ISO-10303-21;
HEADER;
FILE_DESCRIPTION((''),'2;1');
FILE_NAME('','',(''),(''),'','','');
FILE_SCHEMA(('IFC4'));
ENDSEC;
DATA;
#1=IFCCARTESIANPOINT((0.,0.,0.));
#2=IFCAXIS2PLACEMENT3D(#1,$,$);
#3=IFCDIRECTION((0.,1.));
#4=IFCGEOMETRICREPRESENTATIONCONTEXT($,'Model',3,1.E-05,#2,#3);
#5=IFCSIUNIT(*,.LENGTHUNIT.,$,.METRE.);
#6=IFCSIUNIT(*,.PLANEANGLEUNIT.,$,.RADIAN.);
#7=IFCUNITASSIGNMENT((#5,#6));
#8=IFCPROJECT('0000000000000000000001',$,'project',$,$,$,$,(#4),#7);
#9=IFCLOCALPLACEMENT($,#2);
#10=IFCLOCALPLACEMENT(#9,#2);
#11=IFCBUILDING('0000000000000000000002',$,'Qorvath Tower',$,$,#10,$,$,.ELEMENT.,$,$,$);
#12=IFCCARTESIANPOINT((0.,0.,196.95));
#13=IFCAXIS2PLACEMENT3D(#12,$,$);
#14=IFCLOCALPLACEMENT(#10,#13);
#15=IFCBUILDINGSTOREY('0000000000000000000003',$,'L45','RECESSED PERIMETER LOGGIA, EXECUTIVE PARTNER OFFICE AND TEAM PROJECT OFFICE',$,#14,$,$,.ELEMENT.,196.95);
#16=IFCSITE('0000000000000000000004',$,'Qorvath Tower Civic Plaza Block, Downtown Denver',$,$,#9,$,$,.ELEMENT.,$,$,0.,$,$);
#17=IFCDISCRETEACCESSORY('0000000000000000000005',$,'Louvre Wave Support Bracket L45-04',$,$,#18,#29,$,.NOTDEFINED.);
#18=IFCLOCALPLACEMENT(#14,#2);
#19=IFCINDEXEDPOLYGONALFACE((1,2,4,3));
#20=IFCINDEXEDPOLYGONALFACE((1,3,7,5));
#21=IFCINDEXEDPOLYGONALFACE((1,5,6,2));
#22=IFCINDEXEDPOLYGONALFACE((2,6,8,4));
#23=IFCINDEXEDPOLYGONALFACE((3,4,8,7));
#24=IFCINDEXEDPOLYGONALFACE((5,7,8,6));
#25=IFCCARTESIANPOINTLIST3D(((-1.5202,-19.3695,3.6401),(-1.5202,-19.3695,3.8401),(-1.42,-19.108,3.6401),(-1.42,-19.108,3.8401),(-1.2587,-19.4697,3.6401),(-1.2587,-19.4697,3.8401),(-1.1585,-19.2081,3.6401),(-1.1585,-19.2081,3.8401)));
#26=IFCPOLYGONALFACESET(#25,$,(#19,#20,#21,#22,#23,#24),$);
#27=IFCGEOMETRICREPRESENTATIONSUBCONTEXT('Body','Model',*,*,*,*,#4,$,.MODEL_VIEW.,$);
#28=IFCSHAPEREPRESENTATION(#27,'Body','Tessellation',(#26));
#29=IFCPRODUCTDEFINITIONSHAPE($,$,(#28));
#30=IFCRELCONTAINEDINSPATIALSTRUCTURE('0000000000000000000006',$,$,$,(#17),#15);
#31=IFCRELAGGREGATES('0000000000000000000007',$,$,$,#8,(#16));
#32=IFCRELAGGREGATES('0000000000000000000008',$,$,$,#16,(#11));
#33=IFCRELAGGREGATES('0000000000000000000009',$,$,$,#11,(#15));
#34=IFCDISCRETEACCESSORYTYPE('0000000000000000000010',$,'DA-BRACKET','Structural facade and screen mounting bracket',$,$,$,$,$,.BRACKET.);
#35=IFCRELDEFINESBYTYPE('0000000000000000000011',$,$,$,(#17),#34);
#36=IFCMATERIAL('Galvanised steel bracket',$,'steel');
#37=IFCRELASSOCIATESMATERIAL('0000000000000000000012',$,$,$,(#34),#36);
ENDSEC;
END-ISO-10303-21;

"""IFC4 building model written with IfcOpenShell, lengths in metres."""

from ifc_helpers import new_model, si_unit, direction, frame, origin, origin_2d, place, context, subcontext, project, spatial, rectangle, extrude, material, type_object, element, save


model = new_model("IFC4")

# Units and contexts
model_context = context("Model", 3, precision=1e-05, world=origin(), true_north=direction((0.0, 1.0)))
body_context = subcontext(model_context, "Body", "Model", "MODEL_VIEW")
ifc_project = project(units=[si_unit("LENGTHUNIT", "METRE"), si_unit("PLANEANGLEUNIT", "RADIAN")], contexts=[model_context])

# Site, building, storey
site_placement = place(None, origin())
site = spatial("IfcSite", under=ifc_project, at=site_placement, Name="Qorvath Tower Civic Plaza Block, Downtown Denver", CompositionType="ELEMENT", RefElevation=0.0)
building_placement = place(site_placement, origin())
building = spatial("IfcBuilding", under=site, at=building_placement, Name="Qorvath Tower", CompositionType="ELEMENT")
storey_placement = place(building_placement, frame((0.0, 0.0, 196.95)))
storey = spatial("IfcBuildingStorey", under=building, at=storey_placement, Name="L45", Description="RECESSED PERIMETER LOGGIA, EXECUTIVE PARTNER OFFICE AND TEAM PROJECT OFFICE", CompositionType="ELEMENT", Elevation=196.95)

# Discrete accessory
ifc_material_1 = material(Name="Galvanised steel bracket", Category="steel")
discrete_accessory_type = type_object("IfcDiscreteAccessoryType", Name="DA-BRACKET", Description="Structural facade and screen mounting bracket", PredefinedType="BRACKET", material=ifc_material_1)
for number, where, z_axis, x_axis, name in (
    (1, (-1.3394, -19.2888, 3.6401), (0.0, 0.0, 1.0), (0.357684, 0.933843, 0.0), "Louvre Wave Support Bracket L45-04"),
):
    element("IfcDiscreteAccessory", number, at=place(storey_placement, frame(where, z_axis=z_axis, x_axis=x_axis)), inside=storey, type_object=discrete_accessory_type, Name=name, PredefinedType="NOTDEFINED", context=body_context, shape_type="SweptSolid", body=[
        extrude(rectangle(XDim=0.28, YDim=0.28, at=origin_2d()), origin(), (0.0, 0.0, 1.0), 0.2),
    ])

save(model, "model.ifc")
